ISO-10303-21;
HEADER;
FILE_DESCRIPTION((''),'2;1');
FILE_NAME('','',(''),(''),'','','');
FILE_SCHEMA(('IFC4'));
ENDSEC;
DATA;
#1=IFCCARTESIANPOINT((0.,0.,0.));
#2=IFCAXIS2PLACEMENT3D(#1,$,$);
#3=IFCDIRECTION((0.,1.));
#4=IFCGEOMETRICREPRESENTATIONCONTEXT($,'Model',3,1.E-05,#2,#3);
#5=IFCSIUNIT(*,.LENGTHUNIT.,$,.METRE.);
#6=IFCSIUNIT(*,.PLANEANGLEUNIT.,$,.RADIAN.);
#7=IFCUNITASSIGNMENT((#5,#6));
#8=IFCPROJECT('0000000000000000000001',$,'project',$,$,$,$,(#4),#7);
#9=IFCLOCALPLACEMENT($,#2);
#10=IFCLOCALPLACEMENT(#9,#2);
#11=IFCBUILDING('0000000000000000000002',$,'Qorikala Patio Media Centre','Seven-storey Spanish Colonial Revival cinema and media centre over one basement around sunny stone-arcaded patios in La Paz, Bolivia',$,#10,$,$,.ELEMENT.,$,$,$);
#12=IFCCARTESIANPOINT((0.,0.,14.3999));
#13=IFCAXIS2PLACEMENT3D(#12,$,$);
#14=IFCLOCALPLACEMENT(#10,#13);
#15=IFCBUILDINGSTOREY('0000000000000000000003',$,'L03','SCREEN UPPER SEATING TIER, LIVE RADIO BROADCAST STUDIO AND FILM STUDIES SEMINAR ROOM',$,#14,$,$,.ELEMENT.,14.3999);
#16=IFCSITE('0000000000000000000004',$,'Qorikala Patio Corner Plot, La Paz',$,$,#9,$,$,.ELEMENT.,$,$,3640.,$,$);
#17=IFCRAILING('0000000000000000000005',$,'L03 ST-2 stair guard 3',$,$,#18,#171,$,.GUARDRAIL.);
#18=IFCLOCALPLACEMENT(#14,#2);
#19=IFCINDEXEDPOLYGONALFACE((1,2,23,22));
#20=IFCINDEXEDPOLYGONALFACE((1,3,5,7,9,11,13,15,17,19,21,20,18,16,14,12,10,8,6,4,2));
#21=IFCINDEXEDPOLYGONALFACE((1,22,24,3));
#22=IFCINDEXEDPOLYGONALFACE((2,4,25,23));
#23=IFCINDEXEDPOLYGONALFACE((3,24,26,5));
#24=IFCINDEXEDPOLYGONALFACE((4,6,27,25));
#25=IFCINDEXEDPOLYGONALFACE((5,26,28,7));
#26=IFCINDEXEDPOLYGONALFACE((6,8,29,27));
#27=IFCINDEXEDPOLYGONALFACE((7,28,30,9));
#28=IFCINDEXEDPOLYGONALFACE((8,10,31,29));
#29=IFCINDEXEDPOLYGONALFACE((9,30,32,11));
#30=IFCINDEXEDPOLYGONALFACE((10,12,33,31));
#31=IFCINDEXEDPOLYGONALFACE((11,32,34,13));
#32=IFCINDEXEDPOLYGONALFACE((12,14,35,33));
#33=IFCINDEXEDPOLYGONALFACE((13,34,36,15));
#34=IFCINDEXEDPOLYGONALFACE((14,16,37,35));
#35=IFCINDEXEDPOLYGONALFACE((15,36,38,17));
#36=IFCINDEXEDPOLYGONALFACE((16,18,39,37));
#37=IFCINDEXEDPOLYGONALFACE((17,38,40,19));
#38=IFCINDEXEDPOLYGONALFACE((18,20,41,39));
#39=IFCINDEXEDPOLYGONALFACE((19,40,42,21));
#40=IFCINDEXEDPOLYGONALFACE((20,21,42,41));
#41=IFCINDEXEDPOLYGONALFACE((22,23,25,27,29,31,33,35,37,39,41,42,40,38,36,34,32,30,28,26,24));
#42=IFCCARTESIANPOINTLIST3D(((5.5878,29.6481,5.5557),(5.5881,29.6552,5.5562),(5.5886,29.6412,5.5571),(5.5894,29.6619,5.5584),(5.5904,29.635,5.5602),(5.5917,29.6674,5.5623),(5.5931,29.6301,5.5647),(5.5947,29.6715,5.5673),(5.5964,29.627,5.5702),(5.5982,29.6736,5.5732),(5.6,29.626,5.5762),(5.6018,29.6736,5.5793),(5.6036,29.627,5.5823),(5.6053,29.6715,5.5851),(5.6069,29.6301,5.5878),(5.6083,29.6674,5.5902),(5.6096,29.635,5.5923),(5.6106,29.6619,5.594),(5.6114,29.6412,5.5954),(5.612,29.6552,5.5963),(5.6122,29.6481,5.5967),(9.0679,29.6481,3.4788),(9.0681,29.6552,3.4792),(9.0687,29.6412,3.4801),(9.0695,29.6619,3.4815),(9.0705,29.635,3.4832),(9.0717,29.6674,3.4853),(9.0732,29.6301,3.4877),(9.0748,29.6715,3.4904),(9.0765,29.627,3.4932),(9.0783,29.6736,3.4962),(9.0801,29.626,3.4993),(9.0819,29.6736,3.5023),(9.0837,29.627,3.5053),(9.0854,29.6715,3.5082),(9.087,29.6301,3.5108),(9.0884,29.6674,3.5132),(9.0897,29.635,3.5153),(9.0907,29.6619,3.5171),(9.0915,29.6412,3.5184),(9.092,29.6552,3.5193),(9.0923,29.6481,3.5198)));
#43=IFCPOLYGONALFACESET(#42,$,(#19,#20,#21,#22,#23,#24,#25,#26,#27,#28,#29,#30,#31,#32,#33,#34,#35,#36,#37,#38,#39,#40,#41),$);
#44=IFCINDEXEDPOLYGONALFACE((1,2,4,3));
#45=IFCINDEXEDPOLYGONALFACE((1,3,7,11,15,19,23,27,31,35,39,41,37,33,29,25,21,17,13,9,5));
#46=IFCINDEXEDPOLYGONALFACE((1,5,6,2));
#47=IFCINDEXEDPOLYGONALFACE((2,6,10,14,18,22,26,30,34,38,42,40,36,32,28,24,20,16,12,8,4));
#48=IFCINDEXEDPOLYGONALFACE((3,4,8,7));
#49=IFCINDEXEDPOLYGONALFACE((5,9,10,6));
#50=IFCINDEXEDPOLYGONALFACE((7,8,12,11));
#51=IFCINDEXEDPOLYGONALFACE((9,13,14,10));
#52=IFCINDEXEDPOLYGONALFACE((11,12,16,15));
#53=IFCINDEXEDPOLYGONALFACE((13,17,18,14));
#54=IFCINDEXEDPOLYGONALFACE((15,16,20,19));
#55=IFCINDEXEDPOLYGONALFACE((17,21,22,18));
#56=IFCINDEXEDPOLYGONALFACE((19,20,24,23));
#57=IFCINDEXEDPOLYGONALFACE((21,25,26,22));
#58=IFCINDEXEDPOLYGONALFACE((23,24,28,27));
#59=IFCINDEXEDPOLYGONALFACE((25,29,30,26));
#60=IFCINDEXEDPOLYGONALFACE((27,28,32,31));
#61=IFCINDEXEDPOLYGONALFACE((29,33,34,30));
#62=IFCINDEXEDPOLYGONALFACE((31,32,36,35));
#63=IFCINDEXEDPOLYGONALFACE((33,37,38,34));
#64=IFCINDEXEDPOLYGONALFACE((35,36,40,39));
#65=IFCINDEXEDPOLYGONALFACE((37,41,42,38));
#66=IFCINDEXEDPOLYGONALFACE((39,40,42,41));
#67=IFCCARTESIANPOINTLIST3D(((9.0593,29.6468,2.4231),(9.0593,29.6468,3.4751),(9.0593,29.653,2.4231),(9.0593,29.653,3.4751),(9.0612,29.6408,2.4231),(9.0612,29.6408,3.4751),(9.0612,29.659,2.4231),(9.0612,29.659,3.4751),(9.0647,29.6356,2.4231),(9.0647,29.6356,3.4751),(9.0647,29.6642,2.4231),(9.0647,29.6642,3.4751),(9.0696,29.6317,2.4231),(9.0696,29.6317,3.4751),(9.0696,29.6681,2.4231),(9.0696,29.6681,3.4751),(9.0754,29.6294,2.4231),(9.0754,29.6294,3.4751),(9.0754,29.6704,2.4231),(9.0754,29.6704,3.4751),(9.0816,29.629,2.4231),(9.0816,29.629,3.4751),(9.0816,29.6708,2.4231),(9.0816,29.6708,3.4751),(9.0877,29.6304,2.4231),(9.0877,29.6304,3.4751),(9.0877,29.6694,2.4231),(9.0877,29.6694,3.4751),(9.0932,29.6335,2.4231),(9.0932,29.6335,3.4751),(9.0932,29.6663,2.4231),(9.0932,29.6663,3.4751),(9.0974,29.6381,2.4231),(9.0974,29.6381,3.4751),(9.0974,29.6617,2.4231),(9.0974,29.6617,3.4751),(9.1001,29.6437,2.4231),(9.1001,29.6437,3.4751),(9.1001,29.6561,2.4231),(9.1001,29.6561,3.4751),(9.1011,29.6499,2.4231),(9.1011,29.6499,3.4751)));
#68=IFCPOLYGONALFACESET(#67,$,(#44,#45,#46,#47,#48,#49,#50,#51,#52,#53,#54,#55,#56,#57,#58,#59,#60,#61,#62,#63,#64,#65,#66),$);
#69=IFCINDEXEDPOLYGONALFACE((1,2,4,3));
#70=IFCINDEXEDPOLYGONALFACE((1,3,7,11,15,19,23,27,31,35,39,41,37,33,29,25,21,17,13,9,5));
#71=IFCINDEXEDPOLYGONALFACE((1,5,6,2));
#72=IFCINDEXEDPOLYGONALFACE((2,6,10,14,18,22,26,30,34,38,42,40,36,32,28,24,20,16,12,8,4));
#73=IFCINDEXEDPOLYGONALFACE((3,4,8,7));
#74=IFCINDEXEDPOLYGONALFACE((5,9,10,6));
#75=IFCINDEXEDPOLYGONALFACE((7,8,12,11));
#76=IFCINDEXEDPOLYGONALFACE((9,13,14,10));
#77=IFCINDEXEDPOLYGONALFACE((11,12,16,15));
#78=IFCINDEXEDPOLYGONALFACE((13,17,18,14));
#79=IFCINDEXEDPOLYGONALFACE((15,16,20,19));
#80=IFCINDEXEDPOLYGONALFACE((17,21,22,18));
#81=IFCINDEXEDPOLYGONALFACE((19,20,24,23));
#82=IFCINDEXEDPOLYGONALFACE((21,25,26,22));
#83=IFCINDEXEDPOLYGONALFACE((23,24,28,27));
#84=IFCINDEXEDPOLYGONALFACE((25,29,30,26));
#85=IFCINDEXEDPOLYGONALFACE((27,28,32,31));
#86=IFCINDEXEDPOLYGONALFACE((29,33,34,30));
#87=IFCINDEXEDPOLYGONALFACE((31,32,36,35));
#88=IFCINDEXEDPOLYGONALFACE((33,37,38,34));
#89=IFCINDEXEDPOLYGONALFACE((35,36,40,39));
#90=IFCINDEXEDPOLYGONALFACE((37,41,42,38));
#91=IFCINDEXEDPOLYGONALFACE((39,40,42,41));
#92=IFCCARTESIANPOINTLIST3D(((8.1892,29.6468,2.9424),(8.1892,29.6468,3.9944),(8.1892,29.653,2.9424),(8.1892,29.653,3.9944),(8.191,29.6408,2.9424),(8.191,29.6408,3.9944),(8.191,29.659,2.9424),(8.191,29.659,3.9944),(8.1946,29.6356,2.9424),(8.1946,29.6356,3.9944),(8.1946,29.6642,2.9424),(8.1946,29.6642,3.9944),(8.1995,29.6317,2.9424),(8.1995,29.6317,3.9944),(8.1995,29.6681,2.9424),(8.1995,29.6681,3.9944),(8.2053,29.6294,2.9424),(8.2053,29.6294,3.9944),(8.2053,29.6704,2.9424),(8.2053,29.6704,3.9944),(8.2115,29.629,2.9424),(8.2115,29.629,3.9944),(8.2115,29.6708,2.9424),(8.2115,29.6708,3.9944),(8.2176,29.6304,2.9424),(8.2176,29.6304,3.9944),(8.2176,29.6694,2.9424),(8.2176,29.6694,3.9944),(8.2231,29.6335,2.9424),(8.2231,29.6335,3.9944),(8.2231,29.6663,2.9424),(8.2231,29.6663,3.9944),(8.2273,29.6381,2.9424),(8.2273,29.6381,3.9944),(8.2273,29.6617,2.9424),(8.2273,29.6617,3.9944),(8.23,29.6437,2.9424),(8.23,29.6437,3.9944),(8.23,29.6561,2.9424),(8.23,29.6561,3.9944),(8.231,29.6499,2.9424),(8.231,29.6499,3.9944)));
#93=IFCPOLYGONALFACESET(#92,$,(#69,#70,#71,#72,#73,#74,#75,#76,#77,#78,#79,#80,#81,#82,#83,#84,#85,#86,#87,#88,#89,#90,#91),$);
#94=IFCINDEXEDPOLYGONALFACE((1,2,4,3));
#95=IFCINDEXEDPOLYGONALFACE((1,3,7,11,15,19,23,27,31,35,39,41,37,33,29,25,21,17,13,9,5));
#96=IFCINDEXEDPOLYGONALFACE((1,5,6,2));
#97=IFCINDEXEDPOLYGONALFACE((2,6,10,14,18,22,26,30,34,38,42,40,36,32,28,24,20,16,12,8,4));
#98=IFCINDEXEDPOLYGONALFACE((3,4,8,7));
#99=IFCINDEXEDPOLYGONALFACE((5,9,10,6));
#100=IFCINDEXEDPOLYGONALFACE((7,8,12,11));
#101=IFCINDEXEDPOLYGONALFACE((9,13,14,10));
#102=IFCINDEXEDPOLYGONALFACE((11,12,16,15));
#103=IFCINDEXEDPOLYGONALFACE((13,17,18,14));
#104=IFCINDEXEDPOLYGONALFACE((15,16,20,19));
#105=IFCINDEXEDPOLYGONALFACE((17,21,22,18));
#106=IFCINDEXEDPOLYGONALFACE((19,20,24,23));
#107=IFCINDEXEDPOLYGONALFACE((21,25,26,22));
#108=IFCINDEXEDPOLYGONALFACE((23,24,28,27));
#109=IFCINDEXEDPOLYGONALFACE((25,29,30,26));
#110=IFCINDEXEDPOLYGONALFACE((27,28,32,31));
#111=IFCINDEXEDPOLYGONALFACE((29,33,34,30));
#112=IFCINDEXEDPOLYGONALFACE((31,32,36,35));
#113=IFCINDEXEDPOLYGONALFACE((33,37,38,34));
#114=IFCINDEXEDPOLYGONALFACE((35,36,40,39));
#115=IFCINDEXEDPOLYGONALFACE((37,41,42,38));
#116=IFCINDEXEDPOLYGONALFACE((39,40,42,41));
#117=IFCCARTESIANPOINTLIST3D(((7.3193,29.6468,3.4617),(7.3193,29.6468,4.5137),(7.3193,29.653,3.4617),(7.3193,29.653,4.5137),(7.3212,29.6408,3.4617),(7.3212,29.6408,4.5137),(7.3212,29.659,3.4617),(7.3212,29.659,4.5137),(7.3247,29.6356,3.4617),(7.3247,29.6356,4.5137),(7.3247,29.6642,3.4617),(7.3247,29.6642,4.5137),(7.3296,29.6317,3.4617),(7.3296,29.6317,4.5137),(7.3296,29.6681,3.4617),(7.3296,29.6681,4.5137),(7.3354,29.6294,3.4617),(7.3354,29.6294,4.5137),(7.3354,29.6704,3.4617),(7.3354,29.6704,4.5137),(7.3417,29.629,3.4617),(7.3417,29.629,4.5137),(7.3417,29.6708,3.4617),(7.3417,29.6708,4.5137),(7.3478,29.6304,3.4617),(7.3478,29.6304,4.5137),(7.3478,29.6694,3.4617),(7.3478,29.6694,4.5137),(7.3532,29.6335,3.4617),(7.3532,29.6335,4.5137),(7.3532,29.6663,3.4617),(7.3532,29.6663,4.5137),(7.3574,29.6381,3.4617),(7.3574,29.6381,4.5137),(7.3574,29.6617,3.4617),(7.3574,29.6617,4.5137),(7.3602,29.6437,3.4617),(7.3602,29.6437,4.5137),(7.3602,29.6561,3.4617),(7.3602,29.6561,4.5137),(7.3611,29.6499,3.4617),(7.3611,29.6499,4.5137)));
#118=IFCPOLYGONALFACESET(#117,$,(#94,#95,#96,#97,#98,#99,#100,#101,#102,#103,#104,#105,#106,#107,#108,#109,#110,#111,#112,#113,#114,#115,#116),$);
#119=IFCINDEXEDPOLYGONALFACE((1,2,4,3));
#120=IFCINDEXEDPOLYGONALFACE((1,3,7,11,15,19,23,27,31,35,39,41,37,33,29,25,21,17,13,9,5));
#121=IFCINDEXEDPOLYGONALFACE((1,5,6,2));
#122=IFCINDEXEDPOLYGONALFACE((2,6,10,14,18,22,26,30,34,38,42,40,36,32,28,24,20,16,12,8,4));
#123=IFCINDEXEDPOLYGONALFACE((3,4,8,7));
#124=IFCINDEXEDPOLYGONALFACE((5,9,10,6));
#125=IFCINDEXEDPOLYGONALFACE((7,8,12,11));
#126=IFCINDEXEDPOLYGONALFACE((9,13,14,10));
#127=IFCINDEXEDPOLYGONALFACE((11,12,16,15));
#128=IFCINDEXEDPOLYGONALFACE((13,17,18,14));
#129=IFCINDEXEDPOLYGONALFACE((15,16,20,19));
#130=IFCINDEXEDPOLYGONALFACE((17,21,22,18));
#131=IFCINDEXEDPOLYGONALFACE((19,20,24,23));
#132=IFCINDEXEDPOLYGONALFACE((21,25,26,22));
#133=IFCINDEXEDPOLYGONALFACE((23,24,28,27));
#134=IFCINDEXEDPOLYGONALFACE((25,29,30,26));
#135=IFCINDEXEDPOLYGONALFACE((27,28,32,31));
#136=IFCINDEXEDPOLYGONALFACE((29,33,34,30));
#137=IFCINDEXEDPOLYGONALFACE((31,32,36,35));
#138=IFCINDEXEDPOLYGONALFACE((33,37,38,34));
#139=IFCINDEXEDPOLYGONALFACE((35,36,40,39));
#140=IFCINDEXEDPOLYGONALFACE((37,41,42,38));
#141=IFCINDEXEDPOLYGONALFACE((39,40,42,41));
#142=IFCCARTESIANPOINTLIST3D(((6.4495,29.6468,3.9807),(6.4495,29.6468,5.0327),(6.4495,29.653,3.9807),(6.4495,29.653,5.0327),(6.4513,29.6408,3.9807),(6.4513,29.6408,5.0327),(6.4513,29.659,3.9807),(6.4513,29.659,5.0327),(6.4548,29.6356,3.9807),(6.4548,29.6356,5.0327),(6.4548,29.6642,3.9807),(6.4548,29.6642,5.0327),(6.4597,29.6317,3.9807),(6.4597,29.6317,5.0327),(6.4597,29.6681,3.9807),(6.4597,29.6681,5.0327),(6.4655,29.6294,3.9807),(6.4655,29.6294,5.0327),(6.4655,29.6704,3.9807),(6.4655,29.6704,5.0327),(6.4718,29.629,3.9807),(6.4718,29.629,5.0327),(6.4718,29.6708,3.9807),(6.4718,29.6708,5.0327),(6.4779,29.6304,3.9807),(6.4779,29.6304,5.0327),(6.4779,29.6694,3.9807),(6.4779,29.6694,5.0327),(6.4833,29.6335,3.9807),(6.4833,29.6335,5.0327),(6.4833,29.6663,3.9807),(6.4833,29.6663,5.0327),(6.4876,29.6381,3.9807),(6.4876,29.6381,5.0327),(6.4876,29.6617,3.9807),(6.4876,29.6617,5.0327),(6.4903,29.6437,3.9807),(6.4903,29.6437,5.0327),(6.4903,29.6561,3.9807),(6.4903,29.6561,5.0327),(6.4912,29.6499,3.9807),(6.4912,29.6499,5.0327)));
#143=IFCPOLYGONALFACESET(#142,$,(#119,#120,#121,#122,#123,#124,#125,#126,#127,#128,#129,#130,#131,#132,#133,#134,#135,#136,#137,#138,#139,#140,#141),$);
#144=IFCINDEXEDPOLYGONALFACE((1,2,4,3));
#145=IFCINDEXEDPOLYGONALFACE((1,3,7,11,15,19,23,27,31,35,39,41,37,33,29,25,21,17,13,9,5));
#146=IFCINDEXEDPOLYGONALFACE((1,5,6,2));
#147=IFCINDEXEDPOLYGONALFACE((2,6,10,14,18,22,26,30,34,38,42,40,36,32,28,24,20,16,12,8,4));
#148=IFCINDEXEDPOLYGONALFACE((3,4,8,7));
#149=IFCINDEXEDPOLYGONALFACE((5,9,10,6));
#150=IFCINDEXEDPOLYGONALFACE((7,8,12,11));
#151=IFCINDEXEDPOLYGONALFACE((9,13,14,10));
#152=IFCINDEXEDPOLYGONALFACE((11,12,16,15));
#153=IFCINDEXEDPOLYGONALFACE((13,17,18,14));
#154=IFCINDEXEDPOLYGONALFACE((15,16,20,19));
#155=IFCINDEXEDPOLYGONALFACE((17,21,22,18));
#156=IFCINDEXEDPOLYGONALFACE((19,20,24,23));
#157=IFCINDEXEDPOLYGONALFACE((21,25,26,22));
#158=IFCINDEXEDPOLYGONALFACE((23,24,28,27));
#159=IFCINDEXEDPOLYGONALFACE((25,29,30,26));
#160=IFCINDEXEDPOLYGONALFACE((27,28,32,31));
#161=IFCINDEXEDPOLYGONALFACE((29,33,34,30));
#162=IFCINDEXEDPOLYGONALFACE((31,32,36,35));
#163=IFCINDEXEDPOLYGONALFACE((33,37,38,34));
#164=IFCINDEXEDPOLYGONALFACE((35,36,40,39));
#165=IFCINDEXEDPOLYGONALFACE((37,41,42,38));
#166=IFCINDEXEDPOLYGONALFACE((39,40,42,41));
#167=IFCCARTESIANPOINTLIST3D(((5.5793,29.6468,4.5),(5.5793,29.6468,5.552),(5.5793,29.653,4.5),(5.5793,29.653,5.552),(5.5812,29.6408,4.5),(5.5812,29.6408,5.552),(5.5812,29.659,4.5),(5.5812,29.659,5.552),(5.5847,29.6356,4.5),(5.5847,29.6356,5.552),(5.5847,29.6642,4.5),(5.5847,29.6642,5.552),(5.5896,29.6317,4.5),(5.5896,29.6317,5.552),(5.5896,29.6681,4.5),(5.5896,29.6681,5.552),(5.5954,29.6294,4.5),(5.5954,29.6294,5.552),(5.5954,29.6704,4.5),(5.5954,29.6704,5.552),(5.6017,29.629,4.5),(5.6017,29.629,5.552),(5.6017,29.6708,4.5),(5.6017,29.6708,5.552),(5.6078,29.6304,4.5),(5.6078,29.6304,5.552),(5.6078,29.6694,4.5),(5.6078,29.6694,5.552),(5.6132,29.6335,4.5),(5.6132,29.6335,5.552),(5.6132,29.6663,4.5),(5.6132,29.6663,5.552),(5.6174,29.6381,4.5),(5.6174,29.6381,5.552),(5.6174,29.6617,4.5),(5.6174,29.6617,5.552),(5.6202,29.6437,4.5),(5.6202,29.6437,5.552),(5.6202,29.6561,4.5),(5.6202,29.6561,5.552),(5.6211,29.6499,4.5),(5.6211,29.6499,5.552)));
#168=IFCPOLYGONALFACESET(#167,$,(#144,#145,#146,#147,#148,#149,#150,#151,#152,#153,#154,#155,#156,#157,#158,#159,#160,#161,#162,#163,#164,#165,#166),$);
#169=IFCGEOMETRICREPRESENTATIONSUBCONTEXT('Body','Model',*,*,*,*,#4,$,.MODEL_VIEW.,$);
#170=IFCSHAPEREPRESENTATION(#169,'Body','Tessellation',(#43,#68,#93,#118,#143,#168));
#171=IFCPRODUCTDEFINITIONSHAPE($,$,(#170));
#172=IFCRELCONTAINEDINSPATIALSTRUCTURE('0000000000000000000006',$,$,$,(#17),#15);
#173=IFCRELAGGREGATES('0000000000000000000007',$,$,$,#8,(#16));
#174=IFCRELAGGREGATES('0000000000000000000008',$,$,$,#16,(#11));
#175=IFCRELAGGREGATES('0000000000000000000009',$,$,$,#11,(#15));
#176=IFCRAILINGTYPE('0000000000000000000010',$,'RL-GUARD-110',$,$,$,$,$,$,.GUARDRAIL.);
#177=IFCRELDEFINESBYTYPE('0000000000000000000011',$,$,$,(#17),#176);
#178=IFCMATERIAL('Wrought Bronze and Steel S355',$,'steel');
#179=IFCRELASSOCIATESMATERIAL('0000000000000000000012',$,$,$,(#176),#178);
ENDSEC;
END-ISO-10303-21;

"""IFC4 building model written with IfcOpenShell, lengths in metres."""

from ifc_helpers import new_model, si_unit, direction, frame, origin, origin_2d, place, context, subcontext, project, spatial, circle, extrude, material, type_object, element, save


model = new_model("IFC4")

# Units and contexts
model_context = context("Model", 3, precision=1e-05, world=origin(), true_north=direction((0.0, 1.0)))
body_context = subcontext(model_context, "Body", "Model", "MODEL_VIEW")
ifc_project = project(units=[si_unit("LENGTHUNIT", "METRE"), si_unit("PLANEANGLEUNIT", "RADIAN")], contexts=[model_context])

# Site, building, storey
site_placement = place(None, origin())
site = spatial("IfcSite", under=ifc_project, at=site_placement, Name="Qorikala Patio Corner Plot, La Paz", CompositionType="ELEMENT", RefElevation=3640.0)
building_placement = place(site_placement, origin())
building = spatial("IfcBuilding", under=site, at=building_placement, Name="Qorikala Patio Media Centre", Description="Seven-storey Spanish Colonial Revival cinema and media centre over one basement around sunny stone-arcaded patios in La Paz, Bolivia", CompositionType="ELEMENT")
storey_placement = place(building_placement, frame((0.0, 0.0, 14.3999)))
storey = spatial("IfcBuildingStorey", under=building, at=storey_placement, Name="L03", Description="SCREEN UPPER SEATING TIER, LIVE RADIO BROADCAST STUDIO AND FILM STUDIES SEMINAR ROOM", CompositionType="ELEMENT", Elevation=14.3999)

# Railing
ifc_material_1 = material(Name="Wrought Bronze and Steel S355", Category="steel")
railing_type_1 = type_object("IfcRailingType", Name="RL-GUARD-110", PredefinedType="GUARDRAIL", material=ifc_material_1)
railing_1_placement = place(storey_placement, frame((9.0801, 29.6499, 2.4231)))
element("IfcRailing", 1, at=railing_1_placement, inside=storey, type_object=railing_type_1, Name="L03 ST-2 stair guard 3", PredefinedType="GUARDRAIL", context=body_context, shape_type="SweptSolid", body=[
    extrude(circle(Radius=0.0239, at=origin_2d()), frame((0.0, 0.0, 1.0762), z_axis=(-0.858697, 0.0, 0.512483), x_axis=(0.0, -1.0, 0.0)), (0.0, 0.0, 1.0), 4.0527),
    extrude(circle(Radius=0.021, at=origin_2d()), origin(), (0.0, 0.0, 1.0), 1.052),
    extrude(circle(Radius=0.021, at=origin_2d()), frame((-0.8701, 0.0, 0.5193)), (0.0, 0.0, 1.0), 1.052),
    extrude(circle(Radius=0.021, at=origin_2d()), frame((-1.74, 0.0, 1.0386)), (0.0, 0.0, 1.0), 1.052),
    extrude(circle(Radius=0.021, at=origin_2d()), frame((-2.6099, 0.0, 1.5576)), (0.0, 0.0, 1.0), 1.052),
    extrude(circle(Radius=0.021, at=origin_2d()), frame((-3.48, 0.0, 2.0769)), (0.0, 0.0, 1.0), 1.052),
])

save(model, "model.ifc")
